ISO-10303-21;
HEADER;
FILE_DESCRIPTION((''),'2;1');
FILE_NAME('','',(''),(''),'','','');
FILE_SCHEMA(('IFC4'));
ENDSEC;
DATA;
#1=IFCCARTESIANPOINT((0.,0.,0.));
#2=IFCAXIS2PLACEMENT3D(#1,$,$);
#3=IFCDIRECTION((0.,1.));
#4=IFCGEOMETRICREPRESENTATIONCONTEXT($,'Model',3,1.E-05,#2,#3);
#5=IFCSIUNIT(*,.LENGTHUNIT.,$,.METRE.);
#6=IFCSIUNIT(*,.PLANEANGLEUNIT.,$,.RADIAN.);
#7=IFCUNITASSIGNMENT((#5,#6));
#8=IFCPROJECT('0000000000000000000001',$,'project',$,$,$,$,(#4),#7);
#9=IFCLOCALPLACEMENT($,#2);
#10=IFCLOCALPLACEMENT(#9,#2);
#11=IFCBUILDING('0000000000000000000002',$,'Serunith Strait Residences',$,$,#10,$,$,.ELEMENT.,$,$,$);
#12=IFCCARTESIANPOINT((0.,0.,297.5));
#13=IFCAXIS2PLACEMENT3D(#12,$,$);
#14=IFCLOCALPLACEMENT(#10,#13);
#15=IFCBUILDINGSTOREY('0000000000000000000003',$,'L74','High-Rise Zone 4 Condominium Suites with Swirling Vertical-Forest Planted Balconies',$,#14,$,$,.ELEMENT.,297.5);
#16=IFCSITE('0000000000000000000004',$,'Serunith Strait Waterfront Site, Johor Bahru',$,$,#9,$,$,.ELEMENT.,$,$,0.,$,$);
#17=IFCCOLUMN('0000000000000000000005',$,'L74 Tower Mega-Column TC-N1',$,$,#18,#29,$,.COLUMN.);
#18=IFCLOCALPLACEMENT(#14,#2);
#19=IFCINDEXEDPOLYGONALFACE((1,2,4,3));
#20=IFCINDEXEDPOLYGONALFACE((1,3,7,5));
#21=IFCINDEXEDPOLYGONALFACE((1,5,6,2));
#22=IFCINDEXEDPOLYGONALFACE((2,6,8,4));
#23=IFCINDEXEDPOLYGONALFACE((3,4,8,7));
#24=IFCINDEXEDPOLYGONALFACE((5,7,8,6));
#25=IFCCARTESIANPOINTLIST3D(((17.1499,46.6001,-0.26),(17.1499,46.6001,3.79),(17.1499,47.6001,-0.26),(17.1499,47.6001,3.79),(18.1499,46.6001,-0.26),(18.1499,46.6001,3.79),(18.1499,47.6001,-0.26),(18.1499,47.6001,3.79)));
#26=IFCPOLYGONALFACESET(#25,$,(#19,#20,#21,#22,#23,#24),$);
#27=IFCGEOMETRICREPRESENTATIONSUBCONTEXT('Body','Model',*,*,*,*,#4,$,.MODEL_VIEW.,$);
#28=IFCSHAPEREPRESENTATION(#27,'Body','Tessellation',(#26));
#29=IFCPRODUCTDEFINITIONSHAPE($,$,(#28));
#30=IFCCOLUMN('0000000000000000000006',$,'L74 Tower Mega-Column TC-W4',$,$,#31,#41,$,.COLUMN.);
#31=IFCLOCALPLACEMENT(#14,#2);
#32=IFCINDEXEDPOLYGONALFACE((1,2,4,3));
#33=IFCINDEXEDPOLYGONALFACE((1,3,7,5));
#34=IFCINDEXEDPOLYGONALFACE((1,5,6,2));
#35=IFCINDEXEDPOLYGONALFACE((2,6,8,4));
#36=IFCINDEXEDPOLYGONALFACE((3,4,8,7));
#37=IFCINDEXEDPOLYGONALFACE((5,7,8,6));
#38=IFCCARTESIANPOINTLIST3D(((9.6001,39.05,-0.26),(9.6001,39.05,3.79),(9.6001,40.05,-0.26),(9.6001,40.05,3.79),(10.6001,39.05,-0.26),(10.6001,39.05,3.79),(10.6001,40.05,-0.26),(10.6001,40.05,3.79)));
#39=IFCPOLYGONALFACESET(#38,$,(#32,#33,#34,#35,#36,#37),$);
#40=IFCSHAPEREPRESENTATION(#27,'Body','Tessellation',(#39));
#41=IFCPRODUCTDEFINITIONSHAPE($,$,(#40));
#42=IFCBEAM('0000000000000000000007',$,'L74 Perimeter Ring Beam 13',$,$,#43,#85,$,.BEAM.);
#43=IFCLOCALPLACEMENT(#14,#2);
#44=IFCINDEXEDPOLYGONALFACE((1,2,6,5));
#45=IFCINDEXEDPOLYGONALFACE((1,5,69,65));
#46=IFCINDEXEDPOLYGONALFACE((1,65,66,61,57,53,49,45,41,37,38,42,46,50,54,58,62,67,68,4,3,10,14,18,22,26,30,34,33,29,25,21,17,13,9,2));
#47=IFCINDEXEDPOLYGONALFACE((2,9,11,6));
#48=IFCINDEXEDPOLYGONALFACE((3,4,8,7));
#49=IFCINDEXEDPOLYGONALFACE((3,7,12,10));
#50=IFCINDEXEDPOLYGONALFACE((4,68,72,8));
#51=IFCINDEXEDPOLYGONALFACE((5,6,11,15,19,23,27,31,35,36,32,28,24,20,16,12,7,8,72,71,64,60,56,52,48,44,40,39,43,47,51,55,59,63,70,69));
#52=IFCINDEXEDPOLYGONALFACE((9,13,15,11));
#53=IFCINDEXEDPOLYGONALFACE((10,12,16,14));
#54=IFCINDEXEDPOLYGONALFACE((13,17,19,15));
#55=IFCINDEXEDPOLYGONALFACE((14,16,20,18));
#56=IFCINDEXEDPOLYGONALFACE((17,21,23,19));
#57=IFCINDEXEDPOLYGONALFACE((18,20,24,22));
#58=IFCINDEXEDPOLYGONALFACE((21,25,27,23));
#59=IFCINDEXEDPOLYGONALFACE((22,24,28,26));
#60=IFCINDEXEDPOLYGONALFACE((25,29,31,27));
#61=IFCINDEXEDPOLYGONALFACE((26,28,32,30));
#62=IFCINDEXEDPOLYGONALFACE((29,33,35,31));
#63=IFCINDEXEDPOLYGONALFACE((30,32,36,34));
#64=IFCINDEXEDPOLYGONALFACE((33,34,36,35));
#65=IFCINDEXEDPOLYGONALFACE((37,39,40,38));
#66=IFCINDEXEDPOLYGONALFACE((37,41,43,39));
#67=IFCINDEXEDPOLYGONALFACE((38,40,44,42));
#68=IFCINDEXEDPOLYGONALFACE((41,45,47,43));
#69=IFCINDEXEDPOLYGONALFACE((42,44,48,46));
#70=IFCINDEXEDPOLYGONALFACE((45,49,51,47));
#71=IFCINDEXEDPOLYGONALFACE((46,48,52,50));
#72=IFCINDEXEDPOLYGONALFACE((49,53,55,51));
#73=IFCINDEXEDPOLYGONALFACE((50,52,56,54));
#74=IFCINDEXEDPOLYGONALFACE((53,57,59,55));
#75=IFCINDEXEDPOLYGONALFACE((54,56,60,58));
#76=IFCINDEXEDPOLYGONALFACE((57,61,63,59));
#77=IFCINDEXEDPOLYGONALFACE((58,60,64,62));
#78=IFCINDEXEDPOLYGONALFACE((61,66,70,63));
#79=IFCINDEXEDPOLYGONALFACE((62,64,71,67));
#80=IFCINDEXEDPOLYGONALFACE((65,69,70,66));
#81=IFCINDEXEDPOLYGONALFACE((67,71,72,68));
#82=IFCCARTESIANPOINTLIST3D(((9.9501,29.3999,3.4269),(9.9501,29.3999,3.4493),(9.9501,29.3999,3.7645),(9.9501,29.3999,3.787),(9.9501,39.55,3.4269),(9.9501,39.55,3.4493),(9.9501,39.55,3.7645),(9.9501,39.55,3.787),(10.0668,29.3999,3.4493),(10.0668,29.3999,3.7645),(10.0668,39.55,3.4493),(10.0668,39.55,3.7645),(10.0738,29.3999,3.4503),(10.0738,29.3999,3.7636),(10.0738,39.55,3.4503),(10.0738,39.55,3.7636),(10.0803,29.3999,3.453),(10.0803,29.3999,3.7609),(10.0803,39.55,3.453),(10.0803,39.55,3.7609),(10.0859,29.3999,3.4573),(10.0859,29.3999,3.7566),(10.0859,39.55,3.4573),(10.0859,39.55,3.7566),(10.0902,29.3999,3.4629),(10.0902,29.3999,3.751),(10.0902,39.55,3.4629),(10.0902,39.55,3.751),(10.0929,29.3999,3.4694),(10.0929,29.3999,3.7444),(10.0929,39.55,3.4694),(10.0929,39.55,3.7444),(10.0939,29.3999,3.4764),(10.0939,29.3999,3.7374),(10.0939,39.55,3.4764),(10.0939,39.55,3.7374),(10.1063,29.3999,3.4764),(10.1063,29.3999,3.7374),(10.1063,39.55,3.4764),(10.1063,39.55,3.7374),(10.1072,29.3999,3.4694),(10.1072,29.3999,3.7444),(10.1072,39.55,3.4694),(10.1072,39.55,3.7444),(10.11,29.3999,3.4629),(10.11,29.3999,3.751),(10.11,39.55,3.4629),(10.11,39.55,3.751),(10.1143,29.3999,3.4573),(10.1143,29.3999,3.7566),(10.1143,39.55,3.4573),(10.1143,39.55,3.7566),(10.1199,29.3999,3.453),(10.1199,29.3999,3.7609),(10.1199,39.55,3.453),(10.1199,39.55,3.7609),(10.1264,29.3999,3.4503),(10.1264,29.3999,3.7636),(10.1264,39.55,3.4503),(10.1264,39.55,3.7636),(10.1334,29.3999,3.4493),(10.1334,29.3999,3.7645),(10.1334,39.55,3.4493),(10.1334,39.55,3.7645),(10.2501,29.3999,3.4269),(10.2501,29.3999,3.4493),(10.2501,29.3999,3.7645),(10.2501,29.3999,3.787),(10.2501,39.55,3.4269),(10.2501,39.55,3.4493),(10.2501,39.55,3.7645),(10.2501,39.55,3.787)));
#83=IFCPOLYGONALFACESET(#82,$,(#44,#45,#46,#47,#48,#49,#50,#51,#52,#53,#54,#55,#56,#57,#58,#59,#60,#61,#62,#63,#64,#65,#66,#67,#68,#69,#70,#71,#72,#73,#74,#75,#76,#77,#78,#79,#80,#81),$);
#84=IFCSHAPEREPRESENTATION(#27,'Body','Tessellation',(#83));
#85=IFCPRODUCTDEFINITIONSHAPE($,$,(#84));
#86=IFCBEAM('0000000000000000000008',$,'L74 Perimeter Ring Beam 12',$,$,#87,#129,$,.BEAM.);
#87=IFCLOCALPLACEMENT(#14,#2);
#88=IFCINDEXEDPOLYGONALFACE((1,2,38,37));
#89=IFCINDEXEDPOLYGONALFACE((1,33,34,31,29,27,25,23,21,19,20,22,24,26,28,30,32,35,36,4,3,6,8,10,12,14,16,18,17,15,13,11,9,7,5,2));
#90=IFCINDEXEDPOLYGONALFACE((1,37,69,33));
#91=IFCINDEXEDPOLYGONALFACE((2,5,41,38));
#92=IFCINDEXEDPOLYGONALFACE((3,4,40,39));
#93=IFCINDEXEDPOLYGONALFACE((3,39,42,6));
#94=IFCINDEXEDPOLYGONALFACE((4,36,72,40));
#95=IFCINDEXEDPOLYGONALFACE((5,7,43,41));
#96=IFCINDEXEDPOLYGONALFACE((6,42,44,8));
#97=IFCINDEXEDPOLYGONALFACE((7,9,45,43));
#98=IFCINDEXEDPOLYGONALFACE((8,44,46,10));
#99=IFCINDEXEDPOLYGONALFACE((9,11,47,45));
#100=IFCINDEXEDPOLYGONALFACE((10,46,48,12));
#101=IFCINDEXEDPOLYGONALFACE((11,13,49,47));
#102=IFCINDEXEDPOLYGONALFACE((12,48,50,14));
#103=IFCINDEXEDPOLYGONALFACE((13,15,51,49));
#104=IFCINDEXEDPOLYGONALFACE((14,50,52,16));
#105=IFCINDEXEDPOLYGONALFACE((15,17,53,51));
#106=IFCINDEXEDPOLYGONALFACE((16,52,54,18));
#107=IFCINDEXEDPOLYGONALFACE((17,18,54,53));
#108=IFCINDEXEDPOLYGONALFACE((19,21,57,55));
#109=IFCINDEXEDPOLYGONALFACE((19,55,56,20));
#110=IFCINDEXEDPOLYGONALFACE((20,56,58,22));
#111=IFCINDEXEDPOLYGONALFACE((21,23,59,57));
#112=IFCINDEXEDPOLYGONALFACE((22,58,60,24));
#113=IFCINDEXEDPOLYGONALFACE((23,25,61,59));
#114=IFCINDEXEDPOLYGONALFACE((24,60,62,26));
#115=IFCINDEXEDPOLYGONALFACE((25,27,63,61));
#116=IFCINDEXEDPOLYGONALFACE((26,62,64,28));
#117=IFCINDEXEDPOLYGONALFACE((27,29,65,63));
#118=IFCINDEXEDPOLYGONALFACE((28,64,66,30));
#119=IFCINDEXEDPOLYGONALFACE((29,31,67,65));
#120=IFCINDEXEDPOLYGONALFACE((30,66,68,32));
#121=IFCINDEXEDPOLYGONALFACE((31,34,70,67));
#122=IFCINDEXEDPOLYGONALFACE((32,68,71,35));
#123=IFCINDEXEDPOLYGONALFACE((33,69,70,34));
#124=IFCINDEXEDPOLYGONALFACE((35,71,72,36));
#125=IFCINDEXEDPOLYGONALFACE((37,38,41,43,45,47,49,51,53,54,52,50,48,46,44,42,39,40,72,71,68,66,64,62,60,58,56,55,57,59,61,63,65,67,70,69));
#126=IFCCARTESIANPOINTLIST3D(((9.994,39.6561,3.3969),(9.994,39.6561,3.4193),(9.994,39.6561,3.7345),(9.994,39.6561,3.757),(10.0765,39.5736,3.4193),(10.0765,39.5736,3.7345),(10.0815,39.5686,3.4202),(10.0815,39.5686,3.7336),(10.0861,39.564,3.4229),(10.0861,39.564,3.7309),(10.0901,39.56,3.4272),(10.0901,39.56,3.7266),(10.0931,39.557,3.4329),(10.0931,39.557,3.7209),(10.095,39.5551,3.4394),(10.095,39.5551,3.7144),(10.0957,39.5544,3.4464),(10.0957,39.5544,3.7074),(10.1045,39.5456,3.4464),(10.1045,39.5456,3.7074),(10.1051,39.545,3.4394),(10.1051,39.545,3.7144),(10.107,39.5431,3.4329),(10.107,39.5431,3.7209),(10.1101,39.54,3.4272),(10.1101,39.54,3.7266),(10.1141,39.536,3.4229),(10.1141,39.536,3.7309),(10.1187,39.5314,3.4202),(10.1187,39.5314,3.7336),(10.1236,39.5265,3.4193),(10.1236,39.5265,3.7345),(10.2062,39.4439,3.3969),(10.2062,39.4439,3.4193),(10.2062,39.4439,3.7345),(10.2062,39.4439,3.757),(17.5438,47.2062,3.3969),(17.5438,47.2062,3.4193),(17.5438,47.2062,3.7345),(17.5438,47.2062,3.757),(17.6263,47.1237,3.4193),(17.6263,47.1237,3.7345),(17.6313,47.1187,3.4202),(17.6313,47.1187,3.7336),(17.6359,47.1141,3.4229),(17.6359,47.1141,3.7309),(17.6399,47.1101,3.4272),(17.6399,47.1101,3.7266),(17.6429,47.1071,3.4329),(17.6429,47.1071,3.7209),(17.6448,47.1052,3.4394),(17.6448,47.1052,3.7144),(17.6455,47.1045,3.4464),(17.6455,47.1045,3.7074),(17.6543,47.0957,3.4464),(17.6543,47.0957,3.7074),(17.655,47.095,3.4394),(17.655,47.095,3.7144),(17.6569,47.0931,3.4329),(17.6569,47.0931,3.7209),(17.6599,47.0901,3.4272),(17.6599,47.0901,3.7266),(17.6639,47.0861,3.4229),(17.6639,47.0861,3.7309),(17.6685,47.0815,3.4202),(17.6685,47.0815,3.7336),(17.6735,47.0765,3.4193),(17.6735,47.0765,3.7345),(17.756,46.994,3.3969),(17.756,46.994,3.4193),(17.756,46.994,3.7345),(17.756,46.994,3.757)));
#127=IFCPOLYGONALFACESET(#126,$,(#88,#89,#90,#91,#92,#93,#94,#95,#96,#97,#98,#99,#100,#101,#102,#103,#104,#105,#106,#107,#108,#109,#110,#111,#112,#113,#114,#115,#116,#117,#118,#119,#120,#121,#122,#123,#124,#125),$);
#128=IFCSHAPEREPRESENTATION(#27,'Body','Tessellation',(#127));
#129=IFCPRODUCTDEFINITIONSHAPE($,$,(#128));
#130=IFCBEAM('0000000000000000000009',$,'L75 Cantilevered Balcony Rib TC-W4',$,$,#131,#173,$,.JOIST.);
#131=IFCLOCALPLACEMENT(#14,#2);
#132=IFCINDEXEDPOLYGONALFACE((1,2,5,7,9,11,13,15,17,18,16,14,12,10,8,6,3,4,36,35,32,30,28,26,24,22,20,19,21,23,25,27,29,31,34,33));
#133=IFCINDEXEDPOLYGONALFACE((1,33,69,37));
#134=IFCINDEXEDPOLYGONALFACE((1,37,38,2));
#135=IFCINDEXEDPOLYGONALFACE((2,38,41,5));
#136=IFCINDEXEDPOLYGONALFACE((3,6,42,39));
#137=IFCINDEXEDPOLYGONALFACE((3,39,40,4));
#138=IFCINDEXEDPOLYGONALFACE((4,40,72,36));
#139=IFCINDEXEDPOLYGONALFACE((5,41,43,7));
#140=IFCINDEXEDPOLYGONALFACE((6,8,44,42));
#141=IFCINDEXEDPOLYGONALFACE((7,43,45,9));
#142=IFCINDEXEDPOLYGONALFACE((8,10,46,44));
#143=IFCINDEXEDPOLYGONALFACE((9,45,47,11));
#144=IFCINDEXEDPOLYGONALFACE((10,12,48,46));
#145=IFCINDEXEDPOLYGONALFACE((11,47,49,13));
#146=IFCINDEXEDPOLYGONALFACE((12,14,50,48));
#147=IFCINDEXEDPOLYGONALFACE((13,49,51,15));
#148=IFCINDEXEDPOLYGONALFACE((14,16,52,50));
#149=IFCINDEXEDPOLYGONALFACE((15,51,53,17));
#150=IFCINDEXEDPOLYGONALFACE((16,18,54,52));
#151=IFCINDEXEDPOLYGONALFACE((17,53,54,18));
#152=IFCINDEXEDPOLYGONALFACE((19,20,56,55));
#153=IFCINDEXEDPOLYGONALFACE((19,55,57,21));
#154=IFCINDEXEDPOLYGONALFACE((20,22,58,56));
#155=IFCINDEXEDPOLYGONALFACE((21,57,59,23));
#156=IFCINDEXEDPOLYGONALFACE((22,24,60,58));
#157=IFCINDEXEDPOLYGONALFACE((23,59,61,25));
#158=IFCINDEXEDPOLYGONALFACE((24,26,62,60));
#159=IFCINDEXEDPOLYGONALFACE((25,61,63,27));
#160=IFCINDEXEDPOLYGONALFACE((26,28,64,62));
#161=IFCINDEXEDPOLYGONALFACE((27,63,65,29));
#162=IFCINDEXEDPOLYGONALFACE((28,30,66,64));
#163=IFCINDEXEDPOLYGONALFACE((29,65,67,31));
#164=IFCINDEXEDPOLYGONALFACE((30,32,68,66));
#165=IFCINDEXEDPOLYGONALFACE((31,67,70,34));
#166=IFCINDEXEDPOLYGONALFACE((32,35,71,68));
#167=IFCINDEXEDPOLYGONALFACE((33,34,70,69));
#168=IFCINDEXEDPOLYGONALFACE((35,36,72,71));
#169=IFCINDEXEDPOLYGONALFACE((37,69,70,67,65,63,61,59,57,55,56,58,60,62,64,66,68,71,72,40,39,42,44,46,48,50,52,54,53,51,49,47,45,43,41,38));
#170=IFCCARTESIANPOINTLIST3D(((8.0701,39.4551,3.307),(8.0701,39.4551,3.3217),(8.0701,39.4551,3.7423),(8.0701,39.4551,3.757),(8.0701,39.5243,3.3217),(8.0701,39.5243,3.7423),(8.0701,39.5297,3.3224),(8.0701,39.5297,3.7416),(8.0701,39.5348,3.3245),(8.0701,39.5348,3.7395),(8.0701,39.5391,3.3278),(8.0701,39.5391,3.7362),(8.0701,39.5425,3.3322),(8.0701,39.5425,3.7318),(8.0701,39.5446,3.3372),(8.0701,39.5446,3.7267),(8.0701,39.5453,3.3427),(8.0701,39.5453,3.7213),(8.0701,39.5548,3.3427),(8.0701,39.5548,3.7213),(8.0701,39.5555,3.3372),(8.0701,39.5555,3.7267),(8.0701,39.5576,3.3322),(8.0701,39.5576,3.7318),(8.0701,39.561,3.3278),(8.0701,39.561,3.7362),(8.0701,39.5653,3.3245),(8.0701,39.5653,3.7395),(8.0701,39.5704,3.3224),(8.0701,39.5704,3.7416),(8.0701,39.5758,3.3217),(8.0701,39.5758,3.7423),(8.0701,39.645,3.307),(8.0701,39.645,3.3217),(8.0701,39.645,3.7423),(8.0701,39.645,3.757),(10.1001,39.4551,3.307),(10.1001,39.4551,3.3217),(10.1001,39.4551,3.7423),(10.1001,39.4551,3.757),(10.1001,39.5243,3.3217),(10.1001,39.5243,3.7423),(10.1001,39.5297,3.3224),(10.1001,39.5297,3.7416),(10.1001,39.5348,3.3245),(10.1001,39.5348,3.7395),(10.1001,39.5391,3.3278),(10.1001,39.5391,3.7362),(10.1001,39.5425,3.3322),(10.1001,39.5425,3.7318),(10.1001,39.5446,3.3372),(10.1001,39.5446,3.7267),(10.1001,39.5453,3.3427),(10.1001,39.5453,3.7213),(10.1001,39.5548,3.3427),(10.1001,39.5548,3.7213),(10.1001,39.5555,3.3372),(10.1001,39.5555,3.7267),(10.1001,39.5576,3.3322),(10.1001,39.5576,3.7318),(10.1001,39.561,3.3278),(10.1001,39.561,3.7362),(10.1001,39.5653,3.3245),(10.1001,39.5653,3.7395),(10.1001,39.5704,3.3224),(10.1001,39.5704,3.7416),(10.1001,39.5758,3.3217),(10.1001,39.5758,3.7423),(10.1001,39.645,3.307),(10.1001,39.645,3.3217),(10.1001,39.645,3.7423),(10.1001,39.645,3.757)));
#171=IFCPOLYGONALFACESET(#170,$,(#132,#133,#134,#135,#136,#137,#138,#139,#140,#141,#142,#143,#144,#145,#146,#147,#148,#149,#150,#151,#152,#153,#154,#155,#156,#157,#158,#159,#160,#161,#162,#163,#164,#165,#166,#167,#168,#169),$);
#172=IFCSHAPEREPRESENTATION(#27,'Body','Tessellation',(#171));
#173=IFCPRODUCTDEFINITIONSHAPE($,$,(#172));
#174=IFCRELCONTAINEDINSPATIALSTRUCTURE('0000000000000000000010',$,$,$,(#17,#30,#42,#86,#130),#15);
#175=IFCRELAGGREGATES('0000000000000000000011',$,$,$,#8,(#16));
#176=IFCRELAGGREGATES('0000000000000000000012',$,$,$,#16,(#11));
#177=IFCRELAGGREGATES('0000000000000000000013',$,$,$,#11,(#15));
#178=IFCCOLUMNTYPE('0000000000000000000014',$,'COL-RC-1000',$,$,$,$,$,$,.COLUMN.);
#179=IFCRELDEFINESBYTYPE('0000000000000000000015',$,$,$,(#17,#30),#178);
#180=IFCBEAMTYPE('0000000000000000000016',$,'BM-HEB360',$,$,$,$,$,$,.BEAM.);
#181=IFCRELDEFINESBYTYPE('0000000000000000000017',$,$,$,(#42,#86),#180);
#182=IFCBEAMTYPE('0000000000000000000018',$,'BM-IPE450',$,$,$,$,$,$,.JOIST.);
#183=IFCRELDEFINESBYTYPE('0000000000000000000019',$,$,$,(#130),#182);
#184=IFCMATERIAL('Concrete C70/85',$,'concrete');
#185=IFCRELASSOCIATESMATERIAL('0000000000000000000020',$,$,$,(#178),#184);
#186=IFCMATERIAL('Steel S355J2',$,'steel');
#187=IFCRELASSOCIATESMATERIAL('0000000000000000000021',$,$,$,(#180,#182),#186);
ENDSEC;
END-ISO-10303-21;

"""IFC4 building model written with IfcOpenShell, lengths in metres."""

from ifc_helpers import new_model, si_unit, direction, frame, origin, origin_2d, place, context, subcontext, project, spatial, rectangle, i_section, extrude, source, transform, mapped, material, material_profile, profile_set, type_object, element, save


model = new_model("IFC4")

# Units and contexts
model_context = context("Model", 3, precision=1e-05, world=origin(), true_north=direction((0.0, 1.0)))
body_context = subcontext(model_context, "Body", "Model", "MODEL_VIEW")
ifc_project = project(units=[si_unit("LENGTHUNIT", "METRE"), si_unit("PLANEANGLEUNIT", "RADIAN")], contexts=[model_context])

# Site, building, storey
site_placement = place(None, origin())
site = spatial("IfcSite", under=ifc_project, at=site_placement, Name="Serunith Strait Waterfront Site, Johor Bahru", CompositionType="ELEMENT", RefElevation=0.0)
building_placement = place(site_placement, origin())
building = spatial("IfcBuilding", under=site, at=building_placement, Name="Serunith Strait Residences", CompositionType="ELEMENT")
storey_placement = place(building_placement, frame((0.0, 0.0, 297.5)))
storey = spatial("IfcBuildingStorey", under=building, at=storey_placement, Name="L74", Description="High-Rise Zone 4 Condominium Suites with Swirling Vertical-Forest Planted Balconies", CompositionType="ELEMENT", Elevation=297.5)

# Columns
ifc_material_1 = material(Name="Concrete C70/85", Category="concrete")
ifc_material_profile_1 = material_profile(ifc_material_1, rectangle(XDim=1.0, YDim=1.0, at=origin_2d()), Name="RC 1000x1000")
ifc_profile_set_1 = profile_set([ifc_material_profile_1], Name="Concrete C70/85")
column_type = type_object("IfcColumnType", Name="COL-RC-1000", PredefinedType="COLUMN", material=ifc_profile_set_1)
shared_shape_1 = source(origin(), body_context, "Body", "SweptSolid", [
    extrude(rectangle(XDim=1.0, YDim=1.0, at=origin_2d()), origin(), (0.0, 0.0, 1.0), 4.05),
])
for number, where, z_axis, x_axis, name in (
    (1, (17.6499, 47.1001, -0.26), (0.0, 0.0, 1.0), (1.0, 0.0, 0.0), "L74 Tower Mega-Column TC-N1"),
    (2, (10.1001, 39.55, -0.26), (0.0, 0.0, 1.0), (1.0, 0.0, 0.0), "L74 Tower Mega-Column TC-W4"),
):
    element("IfcColumn", number, at=place(storey_placement, frame(where, z_axis=z_axis, x_axis=x_axis)), inside=storey, type_object=column_type, Name=name, PredefinedType="COLUMN", context=body_context, shape_type="MappedRepresentation", body=[
        mapped(shared_shape_1, transform((0.0, 0.0, 0.0), scale=1.0)),
    ])

# Beams
ifc_material_2 = material(Name="Steel S355J2", Category="steel")
ifc_material_profile_2 = material_profile(ifc_material_2, i_section(OverallWidth=0.3, OverallDepth=0.3601, WebThickness=0.0125, FlangeThickness=0.0225, FilletRadius=0.0271, at=origin_2d()), Name="HEB 360")
ifc_profile_set_2 = profile_set([ifc_material_profile_2], Name="Steel S355J2")
beam_type_1 = type_object("IfcBeamType", Name="BM-HEB360", PredefinedType="BEAM", material=ifc_profile_set_2)
shared_shape_2 = source(origin(), body_context, "Body", "SweptSolid", [
    extrude(i_section(OverallWidth=0.3, OverallDepth=0.3601, WebThickness=0.0125, FlangeThickness=0.0225, FilletRadius=0.0271, at=origin_2d()), origin(), (0.0, 0.0, 1.0), 10.1501),
])
beam_1_placement = place(storey_placement, frame((10.1001, 39.55, 3.6069), z_axis=(0.0, -1.0, 0.0), x_axis=(1.0, 0.0, 0.0)))
element("IfcBeam", 3, at=beam_1_placement, inside=storey, type_object=beam_type_1, Name="L74 Perimeter Ring Beam 13", PredefinedType="BEAM", context=body_context, shape_type="MappedRepresentation", body=[
    mapped(shared_shape_2, transform((0.0, 0.0, 0.0), scale=1.0)),
])
shared_shape_3 = source(origin(), body_context, "Body", "SweptSolid", [
    extrude(i_section(OverallWidth=0.3, OverallDepth=0.3601, WebThickness=0.0125, FlangeThickness=0.0225, FilletRadius=0.0271, at=origin_2d()), origin(), (0.0, 0.0, 1.0), 10.6772),
])
beam_2_placement = place(storey_placement, frame((17.6499, 47.1001, 3.5769), z_axis=(-0.707095, -0.707118, 0.0), x_axis=(0.707118, -0.707095, 0.0)))
element("IfcBeam", 4, at=beam_2_placement, inside=storey, type_object=beam_type_1, Name="L74 Perimeter Ring Beam 12", PredefinedType="BEAM", context=body_context, shape_type="MappedRepresentation", body=[
    mapped(shared_shape_3, transform((0.0, 0.0, 0.0), scale=1.0)),
])
ifc_material_profile_3 = material_profile(ifc_material_2, i_section(OverallWidth=0.1899, OverallDepth=0.45, WebThickness=0.0095, FlangeThickness=0.0146, FilletRadius=0.021, at=origin_2d()), Name="IPE 450")
ifc_profile_set_3 = profile_set([ifc_material_profile_3], Name="Steel S355J2")
beam_type_2 = type_object("IfcBeamType", Name="BM-IPE450", PredefinedType="JOIST", material=ifc_profile_set_3)
shared_shape_4 = source(origin(), body_context, "Body", "SweptSolid", [
    extrude(i_section(OverallWidth=0.1899, OverallDepth=0.45, WebThickness=0.0095, FlangeThickness=0.0146, FilletRadius=0.021, at=origin_2d()), origin(), (0.0, 0.0, 1.0), 2.03),
])
beam_3_placement = place(storey_placement, frame((10.1001, 39.55, 3.532), z_axis=(-1.0, 0.0, 0.0), x_axis=(0.0, -1.0, 0.0)))
element("IfcBeam", 5, at=beam_3_placement, inside=storey, type_object=beam_type_2, Name="L75 Cantilevered Balcony Rib TC-W4", PredefinedType="JOIST", context=body_context, shape_type="MappedRepresentation", body=[
    mapped(shared_shape_4, transform((0.0, 0.0, 0.0), scale=1.0)),
])

save(model, "model.ifc")
